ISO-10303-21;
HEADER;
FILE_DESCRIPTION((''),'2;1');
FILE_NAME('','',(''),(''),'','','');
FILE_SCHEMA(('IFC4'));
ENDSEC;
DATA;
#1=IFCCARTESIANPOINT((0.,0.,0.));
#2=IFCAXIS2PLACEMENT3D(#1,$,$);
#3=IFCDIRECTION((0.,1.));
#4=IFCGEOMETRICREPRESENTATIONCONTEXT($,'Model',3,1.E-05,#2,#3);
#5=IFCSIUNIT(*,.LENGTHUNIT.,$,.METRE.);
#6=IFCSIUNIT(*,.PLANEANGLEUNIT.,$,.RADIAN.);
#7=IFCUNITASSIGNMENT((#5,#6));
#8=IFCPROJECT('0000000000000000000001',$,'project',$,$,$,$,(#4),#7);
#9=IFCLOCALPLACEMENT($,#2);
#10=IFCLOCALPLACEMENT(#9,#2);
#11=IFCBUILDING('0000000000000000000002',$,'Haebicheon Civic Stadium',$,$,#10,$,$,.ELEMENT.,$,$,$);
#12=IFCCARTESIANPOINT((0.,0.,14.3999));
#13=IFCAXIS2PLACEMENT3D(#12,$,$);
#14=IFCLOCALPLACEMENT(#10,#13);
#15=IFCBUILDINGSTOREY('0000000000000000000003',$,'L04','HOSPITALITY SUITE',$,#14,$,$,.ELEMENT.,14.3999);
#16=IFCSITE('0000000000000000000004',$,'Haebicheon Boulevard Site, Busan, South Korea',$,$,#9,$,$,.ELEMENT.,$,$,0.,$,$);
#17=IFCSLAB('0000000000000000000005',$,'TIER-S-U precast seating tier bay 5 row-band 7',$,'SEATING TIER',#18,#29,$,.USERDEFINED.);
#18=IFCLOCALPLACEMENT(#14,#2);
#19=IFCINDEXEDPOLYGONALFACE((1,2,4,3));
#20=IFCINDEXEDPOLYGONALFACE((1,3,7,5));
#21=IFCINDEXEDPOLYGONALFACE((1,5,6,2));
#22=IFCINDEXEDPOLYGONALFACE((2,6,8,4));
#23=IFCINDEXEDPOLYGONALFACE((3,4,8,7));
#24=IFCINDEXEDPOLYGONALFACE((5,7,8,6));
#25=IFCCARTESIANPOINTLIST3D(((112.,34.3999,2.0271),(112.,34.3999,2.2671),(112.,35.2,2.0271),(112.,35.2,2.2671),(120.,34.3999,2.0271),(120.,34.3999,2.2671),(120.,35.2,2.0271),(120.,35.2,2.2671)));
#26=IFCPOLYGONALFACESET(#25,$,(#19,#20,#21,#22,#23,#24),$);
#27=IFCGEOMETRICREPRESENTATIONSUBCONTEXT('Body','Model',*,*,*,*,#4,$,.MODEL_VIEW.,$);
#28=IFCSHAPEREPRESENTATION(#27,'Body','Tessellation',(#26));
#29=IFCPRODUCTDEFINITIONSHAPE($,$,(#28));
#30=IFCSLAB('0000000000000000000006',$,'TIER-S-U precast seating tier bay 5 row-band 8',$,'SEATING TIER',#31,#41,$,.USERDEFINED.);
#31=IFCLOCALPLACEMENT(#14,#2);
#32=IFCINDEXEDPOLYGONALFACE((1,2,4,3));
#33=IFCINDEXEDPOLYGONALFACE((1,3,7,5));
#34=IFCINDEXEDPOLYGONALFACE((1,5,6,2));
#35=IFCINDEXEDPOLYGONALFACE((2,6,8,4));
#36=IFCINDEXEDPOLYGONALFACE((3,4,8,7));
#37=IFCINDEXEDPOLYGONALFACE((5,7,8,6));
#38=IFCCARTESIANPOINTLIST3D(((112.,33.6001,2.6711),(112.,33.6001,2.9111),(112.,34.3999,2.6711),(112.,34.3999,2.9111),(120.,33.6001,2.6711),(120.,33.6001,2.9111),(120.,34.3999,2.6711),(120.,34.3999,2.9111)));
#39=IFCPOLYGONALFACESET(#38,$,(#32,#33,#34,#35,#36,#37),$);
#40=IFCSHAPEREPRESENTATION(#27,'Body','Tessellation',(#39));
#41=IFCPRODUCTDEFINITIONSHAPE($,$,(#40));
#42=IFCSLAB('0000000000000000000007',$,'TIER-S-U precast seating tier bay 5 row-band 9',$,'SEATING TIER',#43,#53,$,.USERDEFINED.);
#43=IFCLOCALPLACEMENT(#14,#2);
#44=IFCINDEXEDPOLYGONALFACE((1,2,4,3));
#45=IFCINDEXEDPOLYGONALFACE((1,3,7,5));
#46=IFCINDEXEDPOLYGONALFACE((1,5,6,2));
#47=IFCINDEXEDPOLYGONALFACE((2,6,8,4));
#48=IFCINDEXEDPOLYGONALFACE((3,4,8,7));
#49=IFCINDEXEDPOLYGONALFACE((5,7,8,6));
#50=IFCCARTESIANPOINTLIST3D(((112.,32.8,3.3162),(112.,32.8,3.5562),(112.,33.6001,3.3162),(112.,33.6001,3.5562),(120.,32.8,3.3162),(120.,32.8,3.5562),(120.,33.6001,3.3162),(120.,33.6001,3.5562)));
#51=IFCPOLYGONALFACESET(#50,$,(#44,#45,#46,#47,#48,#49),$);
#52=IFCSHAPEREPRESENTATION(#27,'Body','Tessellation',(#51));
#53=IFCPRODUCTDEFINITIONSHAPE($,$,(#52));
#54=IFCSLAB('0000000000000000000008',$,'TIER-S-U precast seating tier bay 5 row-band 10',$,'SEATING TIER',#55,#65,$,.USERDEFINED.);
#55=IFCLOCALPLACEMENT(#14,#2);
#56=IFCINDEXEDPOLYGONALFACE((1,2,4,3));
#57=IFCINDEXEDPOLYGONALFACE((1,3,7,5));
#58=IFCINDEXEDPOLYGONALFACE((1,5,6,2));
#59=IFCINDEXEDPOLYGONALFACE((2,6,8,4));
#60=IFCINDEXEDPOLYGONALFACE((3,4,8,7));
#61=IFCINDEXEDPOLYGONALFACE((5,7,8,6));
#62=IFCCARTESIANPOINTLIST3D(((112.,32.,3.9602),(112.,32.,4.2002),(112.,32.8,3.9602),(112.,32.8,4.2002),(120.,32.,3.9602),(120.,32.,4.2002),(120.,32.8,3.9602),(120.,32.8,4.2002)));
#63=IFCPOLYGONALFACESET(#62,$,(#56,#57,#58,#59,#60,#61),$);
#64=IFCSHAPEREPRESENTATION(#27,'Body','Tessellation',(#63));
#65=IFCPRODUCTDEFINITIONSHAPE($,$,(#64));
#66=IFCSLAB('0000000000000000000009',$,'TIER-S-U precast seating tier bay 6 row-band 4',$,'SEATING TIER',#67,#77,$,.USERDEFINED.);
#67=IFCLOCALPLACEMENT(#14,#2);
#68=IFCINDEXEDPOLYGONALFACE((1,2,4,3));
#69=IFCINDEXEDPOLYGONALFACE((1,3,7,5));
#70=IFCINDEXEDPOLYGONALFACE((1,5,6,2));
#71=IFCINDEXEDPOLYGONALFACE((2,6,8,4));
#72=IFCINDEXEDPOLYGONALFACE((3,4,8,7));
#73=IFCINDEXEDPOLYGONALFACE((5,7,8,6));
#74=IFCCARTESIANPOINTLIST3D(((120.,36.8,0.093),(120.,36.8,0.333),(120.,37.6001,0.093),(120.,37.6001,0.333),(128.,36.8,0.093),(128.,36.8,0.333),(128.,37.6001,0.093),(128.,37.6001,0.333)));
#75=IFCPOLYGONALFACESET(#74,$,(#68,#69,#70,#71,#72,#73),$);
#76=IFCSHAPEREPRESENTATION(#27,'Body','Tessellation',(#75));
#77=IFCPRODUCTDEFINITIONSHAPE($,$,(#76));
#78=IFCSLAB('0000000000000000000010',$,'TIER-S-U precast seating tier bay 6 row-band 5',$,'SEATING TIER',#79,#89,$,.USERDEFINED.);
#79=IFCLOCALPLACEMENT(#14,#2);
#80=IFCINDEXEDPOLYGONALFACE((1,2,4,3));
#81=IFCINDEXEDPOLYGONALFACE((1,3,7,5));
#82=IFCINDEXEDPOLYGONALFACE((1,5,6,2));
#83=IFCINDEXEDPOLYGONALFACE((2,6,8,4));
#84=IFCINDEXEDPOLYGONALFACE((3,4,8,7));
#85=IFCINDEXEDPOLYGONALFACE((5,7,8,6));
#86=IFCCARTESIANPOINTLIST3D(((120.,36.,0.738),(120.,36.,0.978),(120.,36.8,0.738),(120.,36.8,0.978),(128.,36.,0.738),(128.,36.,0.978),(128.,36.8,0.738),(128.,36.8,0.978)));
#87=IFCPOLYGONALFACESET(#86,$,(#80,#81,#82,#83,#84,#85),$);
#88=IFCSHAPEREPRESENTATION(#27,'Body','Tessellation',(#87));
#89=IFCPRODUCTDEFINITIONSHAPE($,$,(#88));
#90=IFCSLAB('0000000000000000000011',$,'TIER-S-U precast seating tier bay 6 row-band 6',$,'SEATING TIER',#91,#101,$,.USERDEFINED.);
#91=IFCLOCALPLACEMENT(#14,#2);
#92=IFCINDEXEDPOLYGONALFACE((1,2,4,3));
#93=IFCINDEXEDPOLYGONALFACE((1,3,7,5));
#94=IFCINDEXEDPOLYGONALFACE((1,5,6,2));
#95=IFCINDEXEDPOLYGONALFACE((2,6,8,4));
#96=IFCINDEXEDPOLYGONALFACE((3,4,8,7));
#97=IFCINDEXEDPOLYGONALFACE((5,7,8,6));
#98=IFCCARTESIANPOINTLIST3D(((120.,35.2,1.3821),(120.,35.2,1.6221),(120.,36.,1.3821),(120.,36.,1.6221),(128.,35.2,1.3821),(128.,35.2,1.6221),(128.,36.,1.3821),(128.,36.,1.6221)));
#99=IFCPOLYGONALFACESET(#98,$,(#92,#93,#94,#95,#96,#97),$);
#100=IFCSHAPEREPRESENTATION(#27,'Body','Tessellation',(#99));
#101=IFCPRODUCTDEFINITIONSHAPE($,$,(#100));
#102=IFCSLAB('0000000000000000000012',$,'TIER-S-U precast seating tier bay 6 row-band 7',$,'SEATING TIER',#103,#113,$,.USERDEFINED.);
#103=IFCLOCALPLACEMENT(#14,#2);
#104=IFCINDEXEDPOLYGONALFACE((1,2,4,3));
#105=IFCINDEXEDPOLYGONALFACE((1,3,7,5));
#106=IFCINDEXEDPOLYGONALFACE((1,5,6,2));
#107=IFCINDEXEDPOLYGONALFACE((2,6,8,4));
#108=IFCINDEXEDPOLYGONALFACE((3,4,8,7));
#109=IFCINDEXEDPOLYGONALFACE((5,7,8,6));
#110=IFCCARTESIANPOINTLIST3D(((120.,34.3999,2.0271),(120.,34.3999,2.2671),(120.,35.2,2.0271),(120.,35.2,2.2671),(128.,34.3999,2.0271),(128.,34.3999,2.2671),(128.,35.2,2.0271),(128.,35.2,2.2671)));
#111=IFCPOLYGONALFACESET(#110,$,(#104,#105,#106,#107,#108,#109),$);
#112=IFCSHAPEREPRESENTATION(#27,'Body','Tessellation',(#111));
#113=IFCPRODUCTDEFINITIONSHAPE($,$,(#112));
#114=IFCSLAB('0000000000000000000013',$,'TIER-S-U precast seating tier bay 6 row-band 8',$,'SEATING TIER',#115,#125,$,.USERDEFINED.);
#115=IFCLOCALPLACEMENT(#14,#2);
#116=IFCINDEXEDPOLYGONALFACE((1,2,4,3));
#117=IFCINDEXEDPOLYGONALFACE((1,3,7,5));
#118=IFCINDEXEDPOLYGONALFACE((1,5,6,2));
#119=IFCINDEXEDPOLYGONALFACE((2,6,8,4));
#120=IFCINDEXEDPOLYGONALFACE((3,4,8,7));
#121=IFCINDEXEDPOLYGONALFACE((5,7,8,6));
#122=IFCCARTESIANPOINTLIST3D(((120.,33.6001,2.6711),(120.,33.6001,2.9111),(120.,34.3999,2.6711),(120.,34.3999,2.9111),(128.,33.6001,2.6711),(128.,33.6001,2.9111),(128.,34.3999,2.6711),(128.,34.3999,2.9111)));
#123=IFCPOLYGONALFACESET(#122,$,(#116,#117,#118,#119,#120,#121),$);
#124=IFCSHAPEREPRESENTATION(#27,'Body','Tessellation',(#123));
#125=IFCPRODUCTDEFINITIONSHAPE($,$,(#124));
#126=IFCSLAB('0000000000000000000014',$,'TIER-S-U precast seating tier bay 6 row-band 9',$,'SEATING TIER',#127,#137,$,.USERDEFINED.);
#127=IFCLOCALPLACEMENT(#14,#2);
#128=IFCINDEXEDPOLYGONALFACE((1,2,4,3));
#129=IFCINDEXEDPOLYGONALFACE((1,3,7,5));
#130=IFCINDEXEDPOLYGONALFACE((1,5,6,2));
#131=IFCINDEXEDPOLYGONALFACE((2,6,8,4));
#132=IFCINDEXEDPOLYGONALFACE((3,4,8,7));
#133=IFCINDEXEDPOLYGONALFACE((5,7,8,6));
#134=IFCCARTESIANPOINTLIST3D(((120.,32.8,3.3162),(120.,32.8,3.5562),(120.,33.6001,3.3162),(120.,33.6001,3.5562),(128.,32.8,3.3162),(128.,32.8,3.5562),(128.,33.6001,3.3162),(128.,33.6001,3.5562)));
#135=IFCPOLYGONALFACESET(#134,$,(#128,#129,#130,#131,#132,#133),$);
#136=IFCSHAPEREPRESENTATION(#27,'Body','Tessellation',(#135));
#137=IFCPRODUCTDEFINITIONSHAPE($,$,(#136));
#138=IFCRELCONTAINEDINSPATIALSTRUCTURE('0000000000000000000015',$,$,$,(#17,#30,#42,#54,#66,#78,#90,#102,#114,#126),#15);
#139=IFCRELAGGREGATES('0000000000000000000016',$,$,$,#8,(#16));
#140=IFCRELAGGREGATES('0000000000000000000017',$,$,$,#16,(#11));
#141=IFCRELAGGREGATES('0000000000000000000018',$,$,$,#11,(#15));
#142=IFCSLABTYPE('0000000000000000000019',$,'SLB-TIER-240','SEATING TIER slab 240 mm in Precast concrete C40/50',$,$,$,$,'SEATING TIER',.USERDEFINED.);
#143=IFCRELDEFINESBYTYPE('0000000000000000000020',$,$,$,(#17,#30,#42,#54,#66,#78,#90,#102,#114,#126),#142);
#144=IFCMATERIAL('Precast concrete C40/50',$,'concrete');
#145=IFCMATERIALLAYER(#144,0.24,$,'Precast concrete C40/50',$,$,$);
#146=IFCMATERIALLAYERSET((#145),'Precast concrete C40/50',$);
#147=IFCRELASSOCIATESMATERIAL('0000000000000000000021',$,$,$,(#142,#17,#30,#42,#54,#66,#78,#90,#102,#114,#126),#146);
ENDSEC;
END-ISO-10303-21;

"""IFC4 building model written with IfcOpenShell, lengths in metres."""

from ifc_helpers import new_model, si_unit, direction, frame, origin, place, context, subcontext, project, spatial, polyline, outline, extrude, material, layer, layer_set, type_object, element, save


model = new_model("IFC4")

# Units and contexts
model_context = context("Model", 3, precision=1e-05, world=origin(), true_north=direction((0.0, 1.0)))
body_context = subcontext(model_context, "Body", "Model", "MODEL_VIEW")
ifc_project = project(units=[si_unit("LENGTHUNIT", "METRE"), si_unit("PLANEANGLEUNIT", "RADIAN")], contexts=[model_context])

# Site, building, storey
site_placement = place(None, origin())
site = spatial("IfcSite", under=ifc_project, at=site_placement, Name="Haebicheon Boulevard Site, Busan, South Korea", CompositionType="ELEMENT", RefElevation=0.0)
building_placement = place(site_placement, origin())
building = spatial("IfcBuilding", under=site, at=building_placement, Name="Haebicheon Civic Stadium", CompositionType="ELEMENT")
storey_placement = place(building_placement, frame((0.0, 0.0, 14.3999)))
storey = spatial("IfcBuildingStorey", under=building, at=storey_placement, Name="L04", Description="HOSPITALITY SUITE", CompositionType="ELEMENT", Elevation=14.3999)

# Slabs
ifc_material = material(Name="Precast concrete C40/50", Category="concrete")
ifc_layer = layer(ifc_material, 0.24, Name="Precast concrete C40/50")
ifc_layer_set = layer_set([ifc_layer], Name="Precast concrete C40/50")
slab_type = type_object("IfcSlabType", Name="SLB-TIER-240", Description="SEATING TIER slab 240 mm in Precast concrete C40/50", ElementType="SEATING TIER", PredefinedType="USERDEFINED", material=ifc_layer_set)
slab_1_placement = place(storey_placement, frame((0.0, 0.0, 2.0271)))
element("IfcSlab", 1, at=slab_1_placement, inside=storey, type_object=slab_type, material=ifc_layer_set, Name="TIER-S-U precast seating tier bay 5 row-band 7", ObjectType="SEATING TIER", PredefinedType="USERDEFINED", context=body_context, shape_type="SweptSolid", body=[
    extrude(outline(polyline([(112.0, 34.3999), (120.0, 34.3999), (120.0, 35.2), (112.0, 35.2), (112.0, 34.3999)])), origin(), (0.0, 0.0, 1.0), 0.24),
])
slab_2_placement = place(storey_placement, frame((0.0, 0.0, 2.6711)))
element("IfcSlab", 2, at=slab_2_placement, inside=storey, type_object=slab_type, material=ifc_layer_set, Name="TIER-S-U precast seating tier bay 5 row-band 8", ObjectType="SEATING TIER", PredefinedType="USERDEFINED", context=body_context, shape_type="SweptSolid", body=[
    extrude(outline(polyline([(112.0, 33.6001), (120.0, 33.6001), (120.0, 34.3999), (112.0, 34.3999), (112.0, 33.6001)])), origin(), (0.0, 0.0, 1.0), 0.24),
])
slab_3_placement = place(storey_placement, frame((0.0, 0.0, 3.3162)))
element("IfcSlab", 3, at=slab_3_placement, inside=storey, type_object=slab_type, material=ifc_layer_set, Name="TIER-S-U precast seating tier bay 5 row-band 9", ObjectType="SEATING TIER", PredefinedType="USERDEFINED", context=body_context, shape_type="SweptSolid", body=[
    extrude(outline(polyline([(112.0, 32.8), (120.0, 32.8), (120.0, 33.6001), (112.0, 33.6001), (112.0, 32.8)])), origin(), (0.0, 0.0, 1.0), 0.24),
])
slab_4_placement = place(storey_placement, frame((0.0, 0.0, 3.9602)))
element("IfcSlab", 4, at=slab_4_placement, inside=storey, type_object=slab_type, material=ifc_layer_set, Name="TIER-S-U precast seating tier bay 5 row-band 10", ObjectType="SEATING TIER", PredefinedType="USERDEFINED", context=body_context, shape_type="SweptSolid", body=[
    extrude(outline(polyline([(112.0, 32.0), (120.0, 32.0), (120.0, 32.8), (112.0, 32.8), (112.0, 32.0)])), origin(), (0.0, 0.0, 1.0), 0.24),
])
slab_5_placement = place(storey_placement, frame((0.0, 0.0, 0.093)))
element("IfcSlab", 5, at=slab_5_placement, inside=storey, type_object=slab_type, material=ifc_layer_set, Name="TIER-S-U precast seating tier bay 6 row-band 4", ObjectType="SEATING TIER", PredefinedType="USERDEFINED", context=body_context, shape_type="SweptSolid", body=[
    extrude(outline(polyline([(120.0, 36.8), (128.0, 36.8), (128.0, 37.6001), (120.0, 37.6001), (120.0, 36.8)])), origin(), (0.0, 0.0, 1.0), 0.24),
])
slab_6_placement = place(storey_placement, frame((0.0, 0.0, 0.738)))
element("IfcSlab", 6, at=slab_6_placement, inside=storey, type_object=slab_type, material=ifc_layer_set, Name="TIER-S-U precast seating tier bay 6 row-band 5", ObjectType="SEATING TIER", PredefinedType="USERDEFINED", context=body_context, shape_type="SweptSolid", body=[
    extrude(outline(polyline([(120.0, 36.0), (128.0, 36.0), (128.0, 36.8), (120.0, 36.8), (120.0, 36.0)])), origin(), (0.0, 0.0, 1.0), 0.24),
])
slab_7_placement = place(storey_placement, frame((0.0, 0.0, 1.3821)))
element("IfcSlab", 7, at=slab_7_placement, inside=storey, type_object=slab_type, material=ifc_layer_set, Name="TIER-S-U precast seating tier bay 6 row-band 6", ObjectType="SEATING TIER", PredefinedType="USERDEFINED", context=body_context, shape_type="SweptSolid", body=[
    extrude(outline(polyline([(120.0, 35.2), (128.0, 35.2), (128.0, 36.0), (120.0, 36.0), (120.0, 35.2)])), origin(), (0.0, 0.0, 1.0), 0.24),
])
slab_8_placement = place(storey_placement, frame((0.0, 0.0, 2.0271)))
element("IfcSlab", 8, at=slab_8_placement, inside=storey, type_object=slab_type, material=ifc_layer_set, Name="TIER-S-U precast seating tier bay 6 row-band 7", ObjectType="SEATING TIER", PredefinedType="USERDEFINED", context=body_context, shape_type="SweptSolid", body=[
    extrude(outline(polyline([(120.0, 34.3999), (128.0, 34.3999), (128.0, 35.2), (120.0, 35.2), (120.0, 34.3999)])), origin(), (0.0, 0.0, 1.0), 0.24),
])
slab_9_placement = place(storey_placement, frame((0.0, 0.0, 2.6711)))
element("IfcSlab", 9, at=slab_9_placement, inside=storey, type_object=slab_type, material=ifc_layer_set, Name="TIER-S-U precast seating tier bay 6 row-band 8", ObjectType="SEATING TIER", PredefinedType="USERDEFINED", context=body_context, shape_type="SweptSolid", body=[
    extrude(outline(polyline([(120.0, 33.6001), (128.0, 33.6001), (128.0, 34.3999), (120.0, 34.3999), (120.0, 33.6001)])), origin(), (0.0, 0.0, 1.0), 0.24),
])
slab_10_placement = place(storey_placement, frame((0.0, 0.0, 3.3162)))
element("IfcSlab", 10, at=slab_10_placement, inside=storey, type_object=slab_type, material=ifc_layer_set, Name="TIER-S-U precast seating tier bay 6 row-band 9", ObjectType="SEATING TIER", PredefinedType="USERDEFINED", context=body_context, shape_type="SweptSolid", body=[
    extrude(outline(polyline([(120.0, 32.8), (128.0, 32.8), (128.0, 33.6001), (120.0, 33.6001), (120.0, 32.8)])), origin(), (0.0, 0.0, 1.0), 0.24),
])

save(model, "model.ifc")
